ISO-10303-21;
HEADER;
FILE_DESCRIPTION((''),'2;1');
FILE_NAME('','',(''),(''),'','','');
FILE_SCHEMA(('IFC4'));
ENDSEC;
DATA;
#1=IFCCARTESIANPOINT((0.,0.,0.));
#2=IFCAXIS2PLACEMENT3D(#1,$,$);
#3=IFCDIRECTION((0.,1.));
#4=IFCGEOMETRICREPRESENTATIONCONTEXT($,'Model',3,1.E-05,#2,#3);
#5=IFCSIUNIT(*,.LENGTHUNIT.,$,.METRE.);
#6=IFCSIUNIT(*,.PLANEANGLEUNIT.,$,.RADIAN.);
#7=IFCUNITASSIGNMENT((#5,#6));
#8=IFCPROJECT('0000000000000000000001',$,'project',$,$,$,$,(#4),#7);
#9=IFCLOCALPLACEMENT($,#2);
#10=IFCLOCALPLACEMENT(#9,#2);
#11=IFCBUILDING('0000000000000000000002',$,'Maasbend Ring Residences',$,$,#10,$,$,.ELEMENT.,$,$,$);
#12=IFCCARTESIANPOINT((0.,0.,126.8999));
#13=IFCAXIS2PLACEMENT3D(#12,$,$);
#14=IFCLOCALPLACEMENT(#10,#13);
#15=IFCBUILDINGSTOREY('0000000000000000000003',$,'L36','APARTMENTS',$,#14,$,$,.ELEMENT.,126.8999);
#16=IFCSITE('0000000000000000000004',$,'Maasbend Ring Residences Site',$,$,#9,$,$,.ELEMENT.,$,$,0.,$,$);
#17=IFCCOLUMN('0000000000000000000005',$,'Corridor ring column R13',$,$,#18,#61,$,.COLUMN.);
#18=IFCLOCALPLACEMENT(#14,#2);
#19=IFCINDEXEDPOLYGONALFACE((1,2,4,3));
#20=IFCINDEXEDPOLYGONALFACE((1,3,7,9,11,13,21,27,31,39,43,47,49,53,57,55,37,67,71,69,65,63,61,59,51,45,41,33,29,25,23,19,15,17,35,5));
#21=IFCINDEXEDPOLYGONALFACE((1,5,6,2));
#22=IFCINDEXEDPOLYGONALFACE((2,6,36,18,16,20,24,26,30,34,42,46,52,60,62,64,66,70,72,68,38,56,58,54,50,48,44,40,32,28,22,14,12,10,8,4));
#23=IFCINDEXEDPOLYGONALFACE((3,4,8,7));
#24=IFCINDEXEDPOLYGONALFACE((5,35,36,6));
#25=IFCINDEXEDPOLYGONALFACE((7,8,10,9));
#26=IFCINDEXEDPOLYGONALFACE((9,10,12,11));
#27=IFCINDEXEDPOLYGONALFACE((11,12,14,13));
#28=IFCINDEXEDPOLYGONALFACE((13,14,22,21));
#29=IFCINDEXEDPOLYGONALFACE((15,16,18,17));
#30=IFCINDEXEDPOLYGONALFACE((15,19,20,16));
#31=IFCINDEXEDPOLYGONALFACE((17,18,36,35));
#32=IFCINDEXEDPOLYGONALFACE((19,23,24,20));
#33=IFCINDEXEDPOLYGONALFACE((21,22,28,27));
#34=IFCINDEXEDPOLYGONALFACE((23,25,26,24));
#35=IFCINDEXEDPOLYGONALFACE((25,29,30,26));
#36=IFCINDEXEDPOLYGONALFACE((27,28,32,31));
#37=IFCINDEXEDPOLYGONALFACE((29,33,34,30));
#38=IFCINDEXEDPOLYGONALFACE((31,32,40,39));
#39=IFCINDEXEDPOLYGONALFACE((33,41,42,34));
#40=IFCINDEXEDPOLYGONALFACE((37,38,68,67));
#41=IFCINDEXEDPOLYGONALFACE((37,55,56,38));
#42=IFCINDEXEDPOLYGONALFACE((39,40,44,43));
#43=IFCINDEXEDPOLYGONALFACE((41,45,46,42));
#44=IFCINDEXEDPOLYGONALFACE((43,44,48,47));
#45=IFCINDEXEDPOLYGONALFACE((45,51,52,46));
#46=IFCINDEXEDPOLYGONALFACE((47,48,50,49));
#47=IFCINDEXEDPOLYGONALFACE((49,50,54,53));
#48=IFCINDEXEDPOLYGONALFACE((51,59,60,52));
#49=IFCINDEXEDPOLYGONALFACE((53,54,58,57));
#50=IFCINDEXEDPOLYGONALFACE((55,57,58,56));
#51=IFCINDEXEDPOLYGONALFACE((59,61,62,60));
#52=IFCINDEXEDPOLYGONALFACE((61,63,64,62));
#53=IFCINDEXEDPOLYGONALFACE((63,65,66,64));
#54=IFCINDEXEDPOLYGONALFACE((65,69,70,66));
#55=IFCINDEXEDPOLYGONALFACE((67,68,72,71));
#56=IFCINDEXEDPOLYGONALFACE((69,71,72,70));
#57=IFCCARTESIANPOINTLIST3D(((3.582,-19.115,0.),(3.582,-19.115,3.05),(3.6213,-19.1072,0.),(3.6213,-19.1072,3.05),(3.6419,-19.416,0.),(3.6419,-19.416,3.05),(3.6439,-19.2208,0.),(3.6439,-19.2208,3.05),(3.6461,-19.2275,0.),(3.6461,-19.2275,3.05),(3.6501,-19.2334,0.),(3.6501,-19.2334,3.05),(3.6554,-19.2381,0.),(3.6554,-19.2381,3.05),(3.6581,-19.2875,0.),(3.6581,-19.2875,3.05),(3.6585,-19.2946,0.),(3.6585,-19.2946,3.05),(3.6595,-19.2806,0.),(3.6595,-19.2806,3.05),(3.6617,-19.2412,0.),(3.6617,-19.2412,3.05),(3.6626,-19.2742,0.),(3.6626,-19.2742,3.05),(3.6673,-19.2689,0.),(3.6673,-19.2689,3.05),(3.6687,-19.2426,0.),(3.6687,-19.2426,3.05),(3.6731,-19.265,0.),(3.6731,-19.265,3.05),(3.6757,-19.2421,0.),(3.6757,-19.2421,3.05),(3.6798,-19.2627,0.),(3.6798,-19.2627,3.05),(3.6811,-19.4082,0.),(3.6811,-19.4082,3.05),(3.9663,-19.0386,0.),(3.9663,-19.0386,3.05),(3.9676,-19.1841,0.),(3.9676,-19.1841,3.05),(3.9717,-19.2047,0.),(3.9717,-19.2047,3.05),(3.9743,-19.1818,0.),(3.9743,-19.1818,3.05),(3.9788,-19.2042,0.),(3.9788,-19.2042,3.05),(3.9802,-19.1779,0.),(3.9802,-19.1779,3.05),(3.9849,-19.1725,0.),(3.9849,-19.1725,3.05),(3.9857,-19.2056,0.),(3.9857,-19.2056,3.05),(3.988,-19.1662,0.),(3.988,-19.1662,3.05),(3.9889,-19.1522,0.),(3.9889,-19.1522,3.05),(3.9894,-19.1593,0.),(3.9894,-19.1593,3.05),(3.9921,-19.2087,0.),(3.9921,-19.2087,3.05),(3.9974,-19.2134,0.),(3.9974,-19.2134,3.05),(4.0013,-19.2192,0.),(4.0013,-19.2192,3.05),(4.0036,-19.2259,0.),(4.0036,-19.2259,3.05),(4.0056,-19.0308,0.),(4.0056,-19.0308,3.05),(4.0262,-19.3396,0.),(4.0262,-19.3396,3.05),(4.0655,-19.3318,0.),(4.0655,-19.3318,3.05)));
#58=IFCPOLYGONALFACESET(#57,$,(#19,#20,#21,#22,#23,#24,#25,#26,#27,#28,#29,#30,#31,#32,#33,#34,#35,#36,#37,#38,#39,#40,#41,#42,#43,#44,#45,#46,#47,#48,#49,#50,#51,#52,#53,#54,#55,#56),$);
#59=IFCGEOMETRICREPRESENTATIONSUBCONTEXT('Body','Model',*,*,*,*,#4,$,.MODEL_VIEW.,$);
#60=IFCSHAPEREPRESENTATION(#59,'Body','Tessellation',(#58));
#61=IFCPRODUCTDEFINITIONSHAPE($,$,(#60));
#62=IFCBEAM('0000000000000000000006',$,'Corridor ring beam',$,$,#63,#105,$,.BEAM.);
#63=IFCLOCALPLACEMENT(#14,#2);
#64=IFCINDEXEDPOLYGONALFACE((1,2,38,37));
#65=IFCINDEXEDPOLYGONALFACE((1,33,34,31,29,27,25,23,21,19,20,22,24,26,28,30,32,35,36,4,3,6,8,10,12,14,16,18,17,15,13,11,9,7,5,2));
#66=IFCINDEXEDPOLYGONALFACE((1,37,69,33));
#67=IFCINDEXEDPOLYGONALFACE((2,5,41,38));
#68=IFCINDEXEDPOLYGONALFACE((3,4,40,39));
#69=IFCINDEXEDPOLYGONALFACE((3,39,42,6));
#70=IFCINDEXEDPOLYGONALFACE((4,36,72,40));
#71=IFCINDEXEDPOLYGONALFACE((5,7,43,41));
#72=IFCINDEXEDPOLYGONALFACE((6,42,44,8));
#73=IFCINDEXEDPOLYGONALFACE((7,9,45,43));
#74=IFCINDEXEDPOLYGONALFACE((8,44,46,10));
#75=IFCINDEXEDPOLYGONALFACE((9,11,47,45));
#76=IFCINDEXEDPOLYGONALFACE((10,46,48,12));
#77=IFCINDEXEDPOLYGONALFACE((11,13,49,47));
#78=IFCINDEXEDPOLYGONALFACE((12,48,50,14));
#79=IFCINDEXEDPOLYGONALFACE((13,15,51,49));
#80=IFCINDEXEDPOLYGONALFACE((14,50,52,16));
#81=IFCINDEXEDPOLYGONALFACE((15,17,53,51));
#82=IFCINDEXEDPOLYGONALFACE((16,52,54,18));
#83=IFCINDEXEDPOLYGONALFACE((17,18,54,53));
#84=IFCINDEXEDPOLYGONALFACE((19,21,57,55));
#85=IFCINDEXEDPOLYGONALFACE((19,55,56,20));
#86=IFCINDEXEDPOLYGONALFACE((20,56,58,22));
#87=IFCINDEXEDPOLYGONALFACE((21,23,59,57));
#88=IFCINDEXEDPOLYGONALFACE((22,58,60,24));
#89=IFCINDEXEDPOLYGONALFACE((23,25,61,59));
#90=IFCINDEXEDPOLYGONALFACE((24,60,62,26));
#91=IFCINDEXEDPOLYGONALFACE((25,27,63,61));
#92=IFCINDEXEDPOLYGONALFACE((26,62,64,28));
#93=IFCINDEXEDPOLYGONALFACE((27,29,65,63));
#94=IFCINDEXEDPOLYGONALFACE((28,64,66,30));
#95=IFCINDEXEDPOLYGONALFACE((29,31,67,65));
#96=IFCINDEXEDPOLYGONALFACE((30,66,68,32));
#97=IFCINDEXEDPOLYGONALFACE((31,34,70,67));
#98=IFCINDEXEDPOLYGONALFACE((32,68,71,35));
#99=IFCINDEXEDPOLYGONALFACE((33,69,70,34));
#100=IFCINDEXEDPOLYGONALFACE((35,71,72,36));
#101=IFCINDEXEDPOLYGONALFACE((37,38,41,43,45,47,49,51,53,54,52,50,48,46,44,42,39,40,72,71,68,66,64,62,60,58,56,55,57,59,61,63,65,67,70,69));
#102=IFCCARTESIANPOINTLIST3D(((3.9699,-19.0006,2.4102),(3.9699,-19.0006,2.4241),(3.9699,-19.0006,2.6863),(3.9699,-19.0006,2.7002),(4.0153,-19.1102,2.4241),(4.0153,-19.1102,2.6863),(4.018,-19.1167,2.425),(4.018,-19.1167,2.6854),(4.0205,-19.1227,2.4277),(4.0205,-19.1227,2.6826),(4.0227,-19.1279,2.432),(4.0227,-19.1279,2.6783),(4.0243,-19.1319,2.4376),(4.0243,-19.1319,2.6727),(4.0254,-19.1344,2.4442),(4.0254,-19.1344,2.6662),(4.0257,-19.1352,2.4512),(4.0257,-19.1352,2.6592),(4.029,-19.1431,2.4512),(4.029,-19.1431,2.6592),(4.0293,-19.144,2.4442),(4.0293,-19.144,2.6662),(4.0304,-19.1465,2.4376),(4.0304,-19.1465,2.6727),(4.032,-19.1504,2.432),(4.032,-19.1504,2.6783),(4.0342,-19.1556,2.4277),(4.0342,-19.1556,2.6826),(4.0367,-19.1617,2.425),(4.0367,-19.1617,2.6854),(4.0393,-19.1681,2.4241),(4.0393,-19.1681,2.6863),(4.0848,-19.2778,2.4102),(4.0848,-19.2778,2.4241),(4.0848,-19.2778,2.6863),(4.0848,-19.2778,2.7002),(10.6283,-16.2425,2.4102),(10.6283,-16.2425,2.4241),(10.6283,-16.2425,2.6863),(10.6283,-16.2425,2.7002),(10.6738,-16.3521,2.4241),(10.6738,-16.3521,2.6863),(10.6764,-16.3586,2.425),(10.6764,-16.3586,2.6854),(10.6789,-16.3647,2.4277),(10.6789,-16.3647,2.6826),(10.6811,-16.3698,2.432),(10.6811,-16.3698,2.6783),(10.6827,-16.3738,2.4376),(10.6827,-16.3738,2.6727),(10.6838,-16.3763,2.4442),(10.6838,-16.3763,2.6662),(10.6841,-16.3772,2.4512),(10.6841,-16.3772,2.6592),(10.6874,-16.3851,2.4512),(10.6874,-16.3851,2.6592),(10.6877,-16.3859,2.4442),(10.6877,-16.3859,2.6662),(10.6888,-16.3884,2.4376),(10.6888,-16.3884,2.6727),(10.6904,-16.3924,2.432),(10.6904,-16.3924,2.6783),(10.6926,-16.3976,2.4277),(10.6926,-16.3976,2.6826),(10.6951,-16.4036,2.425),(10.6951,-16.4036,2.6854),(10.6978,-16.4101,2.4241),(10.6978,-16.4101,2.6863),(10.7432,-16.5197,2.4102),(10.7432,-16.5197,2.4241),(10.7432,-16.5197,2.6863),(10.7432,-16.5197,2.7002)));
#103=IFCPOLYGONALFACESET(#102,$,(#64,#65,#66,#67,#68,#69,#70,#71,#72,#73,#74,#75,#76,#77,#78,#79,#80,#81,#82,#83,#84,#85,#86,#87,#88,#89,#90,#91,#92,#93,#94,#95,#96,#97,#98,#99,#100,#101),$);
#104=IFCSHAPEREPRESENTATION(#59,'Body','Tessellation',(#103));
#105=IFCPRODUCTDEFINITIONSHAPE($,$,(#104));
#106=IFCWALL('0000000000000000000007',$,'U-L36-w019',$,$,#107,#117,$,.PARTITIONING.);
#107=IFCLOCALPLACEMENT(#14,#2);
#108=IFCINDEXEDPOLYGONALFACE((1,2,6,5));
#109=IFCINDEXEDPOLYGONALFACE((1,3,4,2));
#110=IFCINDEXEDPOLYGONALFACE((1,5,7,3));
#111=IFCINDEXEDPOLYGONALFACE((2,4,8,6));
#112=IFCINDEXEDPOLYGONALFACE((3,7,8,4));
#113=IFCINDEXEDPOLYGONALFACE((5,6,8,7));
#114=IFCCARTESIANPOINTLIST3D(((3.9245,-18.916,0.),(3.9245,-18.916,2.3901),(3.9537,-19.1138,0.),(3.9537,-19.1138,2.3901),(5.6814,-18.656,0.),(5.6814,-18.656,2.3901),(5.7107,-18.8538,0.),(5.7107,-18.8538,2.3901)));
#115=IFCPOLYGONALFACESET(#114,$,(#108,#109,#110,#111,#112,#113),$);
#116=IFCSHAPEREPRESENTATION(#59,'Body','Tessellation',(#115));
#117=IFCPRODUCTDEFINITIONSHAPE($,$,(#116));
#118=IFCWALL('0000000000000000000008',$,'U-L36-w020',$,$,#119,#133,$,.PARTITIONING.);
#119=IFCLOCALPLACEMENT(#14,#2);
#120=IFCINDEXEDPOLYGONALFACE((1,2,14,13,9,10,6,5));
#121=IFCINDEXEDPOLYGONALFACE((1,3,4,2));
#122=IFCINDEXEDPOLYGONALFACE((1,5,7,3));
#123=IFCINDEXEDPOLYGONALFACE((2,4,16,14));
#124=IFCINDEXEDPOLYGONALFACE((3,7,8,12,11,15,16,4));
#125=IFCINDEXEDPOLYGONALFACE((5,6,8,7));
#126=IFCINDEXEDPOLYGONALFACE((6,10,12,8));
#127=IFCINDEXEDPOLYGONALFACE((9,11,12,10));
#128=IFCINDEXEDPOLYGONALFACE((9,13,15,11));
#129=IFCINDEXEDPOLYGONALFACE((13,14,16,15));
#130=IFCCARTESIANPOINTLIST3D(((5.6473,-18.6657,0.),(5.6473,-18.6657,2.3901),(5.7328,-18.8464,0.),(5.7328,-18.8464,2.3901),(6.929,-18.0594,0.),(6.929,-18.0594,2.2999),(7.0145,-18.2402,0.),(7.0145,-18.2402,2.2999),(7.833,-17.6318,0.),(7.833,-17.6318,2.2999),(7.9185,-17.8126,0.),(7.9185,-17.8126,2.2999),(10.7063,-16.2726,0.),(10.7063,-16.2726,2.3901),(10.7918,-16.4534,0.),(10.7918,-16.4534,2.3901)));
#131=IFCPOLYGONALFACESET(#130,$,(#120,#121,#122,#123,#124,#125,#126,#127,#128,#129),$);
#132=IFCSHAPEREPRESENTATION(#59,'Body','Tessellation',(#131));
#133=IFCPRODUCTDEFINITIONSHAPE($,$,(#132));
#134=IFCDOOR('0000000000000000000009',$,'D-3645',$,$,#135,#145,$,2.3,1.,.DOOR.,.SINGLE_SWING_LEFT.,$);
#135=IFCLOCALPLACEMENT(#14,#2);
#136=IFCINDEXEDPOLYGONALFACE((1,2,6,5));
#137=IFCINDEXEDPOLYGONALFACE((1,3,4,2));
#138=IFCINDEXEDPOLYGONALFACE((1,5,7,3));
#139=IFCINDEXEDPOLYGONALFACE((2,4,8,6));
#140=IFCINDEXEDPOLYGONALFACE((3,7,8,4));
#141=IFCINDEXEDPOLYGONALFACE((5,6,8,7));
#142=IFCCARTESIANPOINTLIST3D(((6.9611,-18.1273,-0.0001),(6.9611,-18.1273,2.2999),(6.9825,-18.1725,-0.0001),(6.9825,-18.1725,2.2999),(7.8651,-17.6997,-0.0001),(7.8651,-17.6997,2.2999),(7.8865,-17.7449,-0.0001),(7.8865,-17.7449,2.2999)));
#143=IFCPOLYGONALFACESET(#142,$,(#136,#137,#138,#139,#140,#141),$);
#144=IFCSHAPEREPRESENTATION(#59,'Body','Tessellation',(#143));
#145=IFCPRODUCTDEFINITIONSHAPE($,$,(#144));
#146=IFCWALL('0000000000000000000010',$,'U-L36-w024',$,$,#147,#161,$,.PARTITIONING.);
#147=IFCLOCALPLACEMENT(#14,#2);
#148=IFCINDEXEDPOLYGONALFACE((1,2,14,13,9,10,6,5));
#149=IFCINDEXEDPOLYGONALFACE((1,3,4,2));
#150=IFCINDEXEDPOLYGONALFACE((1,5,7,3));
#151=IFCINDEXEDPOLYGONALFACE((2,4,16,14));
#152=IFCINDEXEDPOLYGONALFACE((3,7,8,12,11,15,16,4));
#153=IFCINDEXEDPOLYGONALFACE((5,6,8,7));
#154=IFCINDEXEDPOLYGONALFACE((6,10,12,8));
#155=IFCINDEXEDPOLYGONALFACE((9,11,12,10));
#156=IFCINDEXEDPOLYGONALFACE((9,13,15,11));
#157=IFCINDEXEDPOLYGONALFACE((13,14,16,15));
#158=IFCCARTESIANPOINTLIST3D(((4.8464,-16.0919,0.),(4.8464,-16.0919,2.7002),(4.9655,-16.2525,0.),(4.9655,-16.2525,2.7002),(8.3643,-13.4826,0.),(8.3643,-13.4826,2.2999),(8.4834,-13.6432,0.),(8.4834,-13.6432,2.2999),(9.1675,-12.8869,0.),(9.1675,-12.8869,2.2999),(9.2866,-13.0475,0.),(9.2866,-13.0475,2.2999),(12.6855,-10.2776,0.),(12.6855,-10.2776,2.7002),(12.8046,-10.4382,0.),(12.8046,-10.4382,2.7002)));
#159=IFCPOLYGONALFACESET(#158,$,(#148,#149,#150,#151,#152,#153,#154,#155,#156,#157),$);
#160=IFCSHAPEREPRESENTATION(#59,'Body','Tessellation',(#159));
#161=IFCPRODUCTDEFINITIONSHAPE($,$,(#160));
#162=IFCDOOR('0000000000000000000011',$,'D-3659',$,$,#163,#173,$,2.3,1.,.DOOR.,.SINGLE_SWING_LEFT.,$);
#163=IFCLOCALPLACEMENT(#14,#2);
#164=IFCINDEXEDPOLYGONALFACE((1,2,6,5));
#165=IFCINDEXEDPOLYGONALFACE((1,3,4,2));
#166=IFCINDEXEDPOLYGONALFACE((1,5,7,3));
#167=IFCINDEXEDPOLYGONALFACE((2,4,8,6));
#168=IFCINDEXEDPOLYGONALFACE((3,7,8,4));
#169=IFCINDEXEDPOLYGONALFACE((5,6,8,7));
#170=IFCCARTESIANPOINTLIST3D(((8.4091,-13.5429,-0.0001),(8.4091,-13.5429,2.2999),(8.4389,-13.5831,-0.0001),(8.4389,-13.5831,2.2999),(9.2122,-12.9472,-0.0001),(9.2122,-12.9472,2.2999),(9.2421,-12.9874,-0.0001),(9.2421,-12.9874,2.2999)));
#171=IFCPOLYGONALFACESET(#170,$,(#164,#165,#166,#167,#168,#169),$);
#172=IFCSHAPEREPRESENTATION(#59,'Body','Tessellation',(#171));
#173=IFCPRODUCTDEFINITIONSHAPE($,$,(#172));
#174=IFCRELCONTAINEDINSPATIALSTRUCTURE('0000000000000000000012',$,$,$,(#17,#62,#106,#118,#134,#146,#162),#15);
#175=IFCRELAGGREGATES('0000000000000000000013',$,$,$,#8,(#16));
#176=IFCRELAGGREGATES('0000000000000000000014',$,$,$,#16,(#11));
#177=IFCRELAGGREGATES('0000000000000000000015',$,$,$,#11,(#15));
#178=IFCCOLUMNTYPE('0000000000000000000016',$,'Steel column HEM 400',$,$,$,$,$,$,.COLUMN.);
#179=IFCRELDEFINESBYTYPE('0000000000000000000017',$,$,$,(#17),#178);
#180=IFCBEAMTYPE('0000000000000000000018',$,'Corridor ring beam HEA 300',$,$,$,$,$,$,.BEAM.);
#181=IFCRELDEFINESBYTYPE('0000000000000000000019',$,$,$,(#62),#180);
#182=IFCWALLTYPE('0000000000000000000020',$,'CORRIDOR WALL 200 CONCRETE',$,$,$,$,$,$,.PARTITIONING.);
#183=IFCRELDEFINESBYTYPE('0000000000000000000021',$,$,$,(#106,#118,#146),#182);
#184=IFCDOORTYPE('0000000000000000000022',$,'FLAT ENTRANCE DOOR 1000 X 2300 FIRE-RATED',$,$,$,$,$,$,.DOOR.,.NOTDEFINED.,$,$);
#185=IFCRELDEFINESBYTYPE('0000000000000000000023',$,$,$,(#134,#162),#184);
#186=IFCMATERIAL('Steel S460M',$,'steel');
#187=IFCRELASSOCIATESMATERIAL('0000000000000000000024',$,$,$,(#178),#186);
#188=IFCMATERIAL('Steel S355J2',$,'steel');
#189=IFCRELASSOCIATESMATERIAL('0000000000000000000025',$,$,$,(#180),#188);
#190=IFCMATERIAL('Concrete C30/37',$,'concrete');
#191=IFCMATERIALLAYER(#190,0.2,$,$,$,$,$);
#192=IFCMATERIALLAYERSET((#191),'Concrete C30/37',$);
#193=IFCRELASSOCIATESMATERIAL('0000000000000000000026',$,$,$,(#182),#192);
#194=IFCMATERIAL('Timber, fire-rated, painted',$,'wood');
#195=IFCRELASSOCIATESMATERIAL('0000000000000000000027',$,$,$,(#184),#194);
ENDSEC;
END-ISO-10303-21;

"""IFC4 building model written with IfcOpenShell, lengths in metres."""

from ifc_helpers import new_model, si_unit, direction, frame, frame_2d, origin, origin_2d, place, context, subcontext, project, spatial, rectangle, i_section, extrude, material, layer, layer_set, material_profile, profile_set, type_object, element, fill, save


model = new_model("IFC4")

# Units and contexts
model_context = context("Model", 3, precision=1e-05, world=origin(), true_north=direction((0.0, 1.0)))
body_context = subcontext(model_context, "Body", "Model", "MODEL_VIEW")
ifc_project = project(units=[si_unit("LENGTHUNIT", "METRE"), si_unit("PLANEANGLEUNIT", "RADIAN")], contexts=[model_context])

# Site, building, storey
site_placement = place(None, origin())
site = spatial("IfcSite", under=ifc_project, at=site_placement, Name="Maasbend Ring Residences Site", CompositionType="ELEMENT", RefElevation=0.0)
building_placement = place(site_placement, origin())
building = spatial("IfcBuilding", under=site, at=building_placement, Name="Maasbend Ring Residences", CompositionType="ELEMENT")
storey_placement = place(building_placement, frame((0.0, 0.0, 126.8999)))
storey = spatial("IfcBuildingStorey", under=building, at=storey_placement, Name="L36", Description="APARTMENTS", CompositionType="ELEMENT", Elevation=126.8999)

# Column
ifc_material_1 = material(Name="Steel S460M", Category="steel")
ifc_material_profile_1 = material_profile(ifc_material_1, i_section(OverallWidth=0.3069, OverallDepth=0.4319, WebThickness=0.021, FlangeThickness=0.04, FilletRadius=0.0271, at=origin_2d()), Name="HEM 400")
ifc_profile_set_1 = profile_set([ifc_material_profile_1], Name="Steel S460M")
column_type = type_object("IfcColumnType", Name="Steel column HEM 400", PredefinedType="COLUMN", material=ifc_profile_set_1)
column_placement = place(storey_placement, frame((3.8237, -19.2234, 0.0), z_axis=(0.0, 0.0, 1.0), x_axis=(0.19509, -0.980785, 0.0)))
element("IfcColumn", 1, at=column_placement, inside=storey, type_object=column_type, Name="Corridor ring column R13", PredefinedType="COLUMN", context=body_context, shape_type="SweptSolid", body=[
    extrude(i_section(OverallWidth=0.3069, OverallDepth=0.4319, WebThickness=0.021, FlangeThickness=0.04, FilletRadius=0.0271, at=origin_2d()), origin(), (0.0, 0.0, 1.0), 3.05),
])

# Beam
ifc_material_2 = material(Name="Steel S355J2", Category="steel")
ifc_material_profile_2 = material_profile(ifc_material_2, i_section(OverallWidth=0.3, OverallDepth=0.29, WebThickness=0.0085, FlangeThickness=0.0139, FilletRadius=0.0271, at=origin_2d()), Name="HEA 300")
ifc_profile_set_2 = profile_set([ifc_material_profile_2], Name="Steel S355J2")
beam_type = type_object("IfcBeamType", Name="Corridor ring beam HEA 300", PredefinedType="BEAM", material=ifc_profile_set_2)
beam_placement = place(storey_placement, frame((4.0273, -19.1392, 2.5552), z_axis=(0.923878, 0.382688, 0.0), x_axis=(-0.382688, 0.923878, 0.0)))
element("IfcBeam", 2, at=beam_placement, inside=storey, type_object=beam_type, Name="Corridor ring beam", PredefinedType="BEAM", context=body_context, shape_type="SweptSolid", body=[
    extrude(i_section(OverallWidth=0.3, OverallDepth=0.29, WebThickness=0.0085, FlangeThickness=0.0139, FilletRadius=0.0271, at=origin_2d()), origin(), (0.0, 0.0, 1.0), 7.207),
])

# Wall
ifc_material_3 = material(Name="Concrete C30/37", Category="concrete")
ifc_layer_1 = layer(ifc_material_3, 0.2)
ifc_layer_set_1 = layer_set([ifc_layer_1], Name="Concrete C30/37")
wall_type_1 = type_object("IfcWallType", Name="CORRIDOR WALL 200 CONCRETE", PredefinedType="PARTITIONING", material=ifc_layer_set_1)
wall_1_placement = place(storey_placement, frame((3.939, -19.0149, 0.0), z_axis=(0.0, 0.0, 1.0), x_axis=(0.989228, 0.146384, 0.0)))
element("IfcWall", 3, at=wall_1_placement, inside=storey, type_object=wall_type_1, Name="U-L36-w019", PredefinedType="PARTITIONING", context=body_context, shape_type="SweptSolid", body=[
    extrude(rectangle(XDim=1.7761, YDim=0.2, at=frame_2d((0.8882, 0.0))), origin(), (0.0, 0.0, 1.0), 2.3901),
])

# Walls, openings, doors
wall_2_placement = place(storey_placement, frame((5.6899, -18.7561, 0.0), z_axis=(0.0, 0.0, 1.0), x_axis=(0.903969, 0.427599, 0.0)))
wall_2 = element("IfcWall", 4, at=wall_2_placement, inside=storey, type_object=wall_type_1, Name="U-L36-w020", PredefinedType="PARTITIONING", context=body_context, shape_type="SweptSolid", body=[
    extrude(rectangle(XDim=5.5964, YDim=0.2, at=frame_2d((2.7983, 0.0))), origin(), (0.0, 0.0, 1.0), 2.3901),
])
opening_1_placement = place(wall_2_placement, frame((1.418, 0.0, 0.0)))
opening_1 = element("IfcOpeningElement", 5, at=opening_1_placement, cuts=wall_2, PredefinedType="OPENING", context=body_context, shape_type="SweptSolid", body=[
    extrude(rectangle(XDim=1.0, YDim=2.3, at=frame_2d((0.5, 1.1499))), frame((0.0, 0.1099, 0.0), z_axis=(0.0, -1.0, 0.0), x_axis=(1.0, 0.0, 0.0)), (0.0, 0.0, 1.0), 0.22),
])
ifc_material_4 = material(Name="Timber, fire-rated, painted", Category="wood")
door_type_1 = type_object("IfcDoorType", Name="FLAT ENTRANCE DOOR 1000 X 2300 FIRE-RATED", OperationType="NOTDEFINED", PredefinedType="DOOR", material=ifc_material_4)
door_1_placement = place(opening_1_placement, origin())
door_1 = element("IfcDoor", 6, at=door_1_placement, inside=storey, type_object=door_type_1, Name="D-3645", OperationType="SINGLE_SWING_LEFT", OverallHeight=2.3, OverallWidth=1.0, PredefinedType="DOOR", context=body_context, shape_type="SweptSolid", body=[
    extrude(rectangle(XDim=1.0, YDim=2.3, at=frame_2d((0.5, 1.1499))), frame((0.0, 0.0249, 0.0), z_axis=(0.0, -1.0, 0.0), x_axis=(1.0, 0.0, 0.0)), (0.0, 0.0, 1.0), 0.05),
])
fill(opening_1, door_1)
wall_3_placement = place(storey_placement, frame((4.906, -16.1721, 0.0), z_axis=(0.0, 0.0, 1.0), x_axis=(0.803191, 0.595721, 0.0)))
wall_3 = element("IfcWall", 7, at=wall_3_placement, inside=storey, type_object=wall_type_1, Name="U-L36-w024", PredefinedType="PARTITIONING", context=body_context, shape_type="SweptSolid", body=[
    extrude(rectangle(XDim=9.76, YDim=0.2, at=frame_2d((4.8799, 0.0))), origin(), (0.0, 0.0, 1.0), 2.7002),
])
opening_2_placement = place(wall_3_placement, frame((4.3799, 0.0, 0.0)))
opening_2 = element("IfcOpeningElement", 8, at=opening_2_placement, cuts=wall_3, PredefinedType="OPENING", context=body_context, shape_type="SweptSolid", body=[
    extrude(rectangle(XDim=1.0, YDim=2.3, at=frame_2d((0.5, 1.1499))), frame((0.0, 0.1099, 0.0), z_axis=(0.0, -1.0, 0.0), x_axis=(1.0, 0.0, 0.0)), (0.0, 0.0, 1.0), 0.22),
])
door_2_placement = place(opening_2_placement, origin())
door_2 = element("IfcDoor", 9, at=door_2_placement, inside=storey, type_object=door_type_1, Name="D-3659", OperationType="SINGLE_SWING_LEFT", OverallHeight=2.3, OverallWidth=1.0, PredefinedType="DOOR", context=body_context, shape_type="SweptSolid", body=[
    extrude(rectangle(XDim=1.0, YDim=2.3, at=frame_2d((0.5, 1.1499))), frame((0.0, 0.0249, 0.0), z_axis=(0.0, -1.0, 0.0), x_axis=(1.0, 0.0, 0.0)), (0.0, 0.0, 1.0), 0.05),
])
fill(opening_2, door_2)

save(model, "model.ifc")
